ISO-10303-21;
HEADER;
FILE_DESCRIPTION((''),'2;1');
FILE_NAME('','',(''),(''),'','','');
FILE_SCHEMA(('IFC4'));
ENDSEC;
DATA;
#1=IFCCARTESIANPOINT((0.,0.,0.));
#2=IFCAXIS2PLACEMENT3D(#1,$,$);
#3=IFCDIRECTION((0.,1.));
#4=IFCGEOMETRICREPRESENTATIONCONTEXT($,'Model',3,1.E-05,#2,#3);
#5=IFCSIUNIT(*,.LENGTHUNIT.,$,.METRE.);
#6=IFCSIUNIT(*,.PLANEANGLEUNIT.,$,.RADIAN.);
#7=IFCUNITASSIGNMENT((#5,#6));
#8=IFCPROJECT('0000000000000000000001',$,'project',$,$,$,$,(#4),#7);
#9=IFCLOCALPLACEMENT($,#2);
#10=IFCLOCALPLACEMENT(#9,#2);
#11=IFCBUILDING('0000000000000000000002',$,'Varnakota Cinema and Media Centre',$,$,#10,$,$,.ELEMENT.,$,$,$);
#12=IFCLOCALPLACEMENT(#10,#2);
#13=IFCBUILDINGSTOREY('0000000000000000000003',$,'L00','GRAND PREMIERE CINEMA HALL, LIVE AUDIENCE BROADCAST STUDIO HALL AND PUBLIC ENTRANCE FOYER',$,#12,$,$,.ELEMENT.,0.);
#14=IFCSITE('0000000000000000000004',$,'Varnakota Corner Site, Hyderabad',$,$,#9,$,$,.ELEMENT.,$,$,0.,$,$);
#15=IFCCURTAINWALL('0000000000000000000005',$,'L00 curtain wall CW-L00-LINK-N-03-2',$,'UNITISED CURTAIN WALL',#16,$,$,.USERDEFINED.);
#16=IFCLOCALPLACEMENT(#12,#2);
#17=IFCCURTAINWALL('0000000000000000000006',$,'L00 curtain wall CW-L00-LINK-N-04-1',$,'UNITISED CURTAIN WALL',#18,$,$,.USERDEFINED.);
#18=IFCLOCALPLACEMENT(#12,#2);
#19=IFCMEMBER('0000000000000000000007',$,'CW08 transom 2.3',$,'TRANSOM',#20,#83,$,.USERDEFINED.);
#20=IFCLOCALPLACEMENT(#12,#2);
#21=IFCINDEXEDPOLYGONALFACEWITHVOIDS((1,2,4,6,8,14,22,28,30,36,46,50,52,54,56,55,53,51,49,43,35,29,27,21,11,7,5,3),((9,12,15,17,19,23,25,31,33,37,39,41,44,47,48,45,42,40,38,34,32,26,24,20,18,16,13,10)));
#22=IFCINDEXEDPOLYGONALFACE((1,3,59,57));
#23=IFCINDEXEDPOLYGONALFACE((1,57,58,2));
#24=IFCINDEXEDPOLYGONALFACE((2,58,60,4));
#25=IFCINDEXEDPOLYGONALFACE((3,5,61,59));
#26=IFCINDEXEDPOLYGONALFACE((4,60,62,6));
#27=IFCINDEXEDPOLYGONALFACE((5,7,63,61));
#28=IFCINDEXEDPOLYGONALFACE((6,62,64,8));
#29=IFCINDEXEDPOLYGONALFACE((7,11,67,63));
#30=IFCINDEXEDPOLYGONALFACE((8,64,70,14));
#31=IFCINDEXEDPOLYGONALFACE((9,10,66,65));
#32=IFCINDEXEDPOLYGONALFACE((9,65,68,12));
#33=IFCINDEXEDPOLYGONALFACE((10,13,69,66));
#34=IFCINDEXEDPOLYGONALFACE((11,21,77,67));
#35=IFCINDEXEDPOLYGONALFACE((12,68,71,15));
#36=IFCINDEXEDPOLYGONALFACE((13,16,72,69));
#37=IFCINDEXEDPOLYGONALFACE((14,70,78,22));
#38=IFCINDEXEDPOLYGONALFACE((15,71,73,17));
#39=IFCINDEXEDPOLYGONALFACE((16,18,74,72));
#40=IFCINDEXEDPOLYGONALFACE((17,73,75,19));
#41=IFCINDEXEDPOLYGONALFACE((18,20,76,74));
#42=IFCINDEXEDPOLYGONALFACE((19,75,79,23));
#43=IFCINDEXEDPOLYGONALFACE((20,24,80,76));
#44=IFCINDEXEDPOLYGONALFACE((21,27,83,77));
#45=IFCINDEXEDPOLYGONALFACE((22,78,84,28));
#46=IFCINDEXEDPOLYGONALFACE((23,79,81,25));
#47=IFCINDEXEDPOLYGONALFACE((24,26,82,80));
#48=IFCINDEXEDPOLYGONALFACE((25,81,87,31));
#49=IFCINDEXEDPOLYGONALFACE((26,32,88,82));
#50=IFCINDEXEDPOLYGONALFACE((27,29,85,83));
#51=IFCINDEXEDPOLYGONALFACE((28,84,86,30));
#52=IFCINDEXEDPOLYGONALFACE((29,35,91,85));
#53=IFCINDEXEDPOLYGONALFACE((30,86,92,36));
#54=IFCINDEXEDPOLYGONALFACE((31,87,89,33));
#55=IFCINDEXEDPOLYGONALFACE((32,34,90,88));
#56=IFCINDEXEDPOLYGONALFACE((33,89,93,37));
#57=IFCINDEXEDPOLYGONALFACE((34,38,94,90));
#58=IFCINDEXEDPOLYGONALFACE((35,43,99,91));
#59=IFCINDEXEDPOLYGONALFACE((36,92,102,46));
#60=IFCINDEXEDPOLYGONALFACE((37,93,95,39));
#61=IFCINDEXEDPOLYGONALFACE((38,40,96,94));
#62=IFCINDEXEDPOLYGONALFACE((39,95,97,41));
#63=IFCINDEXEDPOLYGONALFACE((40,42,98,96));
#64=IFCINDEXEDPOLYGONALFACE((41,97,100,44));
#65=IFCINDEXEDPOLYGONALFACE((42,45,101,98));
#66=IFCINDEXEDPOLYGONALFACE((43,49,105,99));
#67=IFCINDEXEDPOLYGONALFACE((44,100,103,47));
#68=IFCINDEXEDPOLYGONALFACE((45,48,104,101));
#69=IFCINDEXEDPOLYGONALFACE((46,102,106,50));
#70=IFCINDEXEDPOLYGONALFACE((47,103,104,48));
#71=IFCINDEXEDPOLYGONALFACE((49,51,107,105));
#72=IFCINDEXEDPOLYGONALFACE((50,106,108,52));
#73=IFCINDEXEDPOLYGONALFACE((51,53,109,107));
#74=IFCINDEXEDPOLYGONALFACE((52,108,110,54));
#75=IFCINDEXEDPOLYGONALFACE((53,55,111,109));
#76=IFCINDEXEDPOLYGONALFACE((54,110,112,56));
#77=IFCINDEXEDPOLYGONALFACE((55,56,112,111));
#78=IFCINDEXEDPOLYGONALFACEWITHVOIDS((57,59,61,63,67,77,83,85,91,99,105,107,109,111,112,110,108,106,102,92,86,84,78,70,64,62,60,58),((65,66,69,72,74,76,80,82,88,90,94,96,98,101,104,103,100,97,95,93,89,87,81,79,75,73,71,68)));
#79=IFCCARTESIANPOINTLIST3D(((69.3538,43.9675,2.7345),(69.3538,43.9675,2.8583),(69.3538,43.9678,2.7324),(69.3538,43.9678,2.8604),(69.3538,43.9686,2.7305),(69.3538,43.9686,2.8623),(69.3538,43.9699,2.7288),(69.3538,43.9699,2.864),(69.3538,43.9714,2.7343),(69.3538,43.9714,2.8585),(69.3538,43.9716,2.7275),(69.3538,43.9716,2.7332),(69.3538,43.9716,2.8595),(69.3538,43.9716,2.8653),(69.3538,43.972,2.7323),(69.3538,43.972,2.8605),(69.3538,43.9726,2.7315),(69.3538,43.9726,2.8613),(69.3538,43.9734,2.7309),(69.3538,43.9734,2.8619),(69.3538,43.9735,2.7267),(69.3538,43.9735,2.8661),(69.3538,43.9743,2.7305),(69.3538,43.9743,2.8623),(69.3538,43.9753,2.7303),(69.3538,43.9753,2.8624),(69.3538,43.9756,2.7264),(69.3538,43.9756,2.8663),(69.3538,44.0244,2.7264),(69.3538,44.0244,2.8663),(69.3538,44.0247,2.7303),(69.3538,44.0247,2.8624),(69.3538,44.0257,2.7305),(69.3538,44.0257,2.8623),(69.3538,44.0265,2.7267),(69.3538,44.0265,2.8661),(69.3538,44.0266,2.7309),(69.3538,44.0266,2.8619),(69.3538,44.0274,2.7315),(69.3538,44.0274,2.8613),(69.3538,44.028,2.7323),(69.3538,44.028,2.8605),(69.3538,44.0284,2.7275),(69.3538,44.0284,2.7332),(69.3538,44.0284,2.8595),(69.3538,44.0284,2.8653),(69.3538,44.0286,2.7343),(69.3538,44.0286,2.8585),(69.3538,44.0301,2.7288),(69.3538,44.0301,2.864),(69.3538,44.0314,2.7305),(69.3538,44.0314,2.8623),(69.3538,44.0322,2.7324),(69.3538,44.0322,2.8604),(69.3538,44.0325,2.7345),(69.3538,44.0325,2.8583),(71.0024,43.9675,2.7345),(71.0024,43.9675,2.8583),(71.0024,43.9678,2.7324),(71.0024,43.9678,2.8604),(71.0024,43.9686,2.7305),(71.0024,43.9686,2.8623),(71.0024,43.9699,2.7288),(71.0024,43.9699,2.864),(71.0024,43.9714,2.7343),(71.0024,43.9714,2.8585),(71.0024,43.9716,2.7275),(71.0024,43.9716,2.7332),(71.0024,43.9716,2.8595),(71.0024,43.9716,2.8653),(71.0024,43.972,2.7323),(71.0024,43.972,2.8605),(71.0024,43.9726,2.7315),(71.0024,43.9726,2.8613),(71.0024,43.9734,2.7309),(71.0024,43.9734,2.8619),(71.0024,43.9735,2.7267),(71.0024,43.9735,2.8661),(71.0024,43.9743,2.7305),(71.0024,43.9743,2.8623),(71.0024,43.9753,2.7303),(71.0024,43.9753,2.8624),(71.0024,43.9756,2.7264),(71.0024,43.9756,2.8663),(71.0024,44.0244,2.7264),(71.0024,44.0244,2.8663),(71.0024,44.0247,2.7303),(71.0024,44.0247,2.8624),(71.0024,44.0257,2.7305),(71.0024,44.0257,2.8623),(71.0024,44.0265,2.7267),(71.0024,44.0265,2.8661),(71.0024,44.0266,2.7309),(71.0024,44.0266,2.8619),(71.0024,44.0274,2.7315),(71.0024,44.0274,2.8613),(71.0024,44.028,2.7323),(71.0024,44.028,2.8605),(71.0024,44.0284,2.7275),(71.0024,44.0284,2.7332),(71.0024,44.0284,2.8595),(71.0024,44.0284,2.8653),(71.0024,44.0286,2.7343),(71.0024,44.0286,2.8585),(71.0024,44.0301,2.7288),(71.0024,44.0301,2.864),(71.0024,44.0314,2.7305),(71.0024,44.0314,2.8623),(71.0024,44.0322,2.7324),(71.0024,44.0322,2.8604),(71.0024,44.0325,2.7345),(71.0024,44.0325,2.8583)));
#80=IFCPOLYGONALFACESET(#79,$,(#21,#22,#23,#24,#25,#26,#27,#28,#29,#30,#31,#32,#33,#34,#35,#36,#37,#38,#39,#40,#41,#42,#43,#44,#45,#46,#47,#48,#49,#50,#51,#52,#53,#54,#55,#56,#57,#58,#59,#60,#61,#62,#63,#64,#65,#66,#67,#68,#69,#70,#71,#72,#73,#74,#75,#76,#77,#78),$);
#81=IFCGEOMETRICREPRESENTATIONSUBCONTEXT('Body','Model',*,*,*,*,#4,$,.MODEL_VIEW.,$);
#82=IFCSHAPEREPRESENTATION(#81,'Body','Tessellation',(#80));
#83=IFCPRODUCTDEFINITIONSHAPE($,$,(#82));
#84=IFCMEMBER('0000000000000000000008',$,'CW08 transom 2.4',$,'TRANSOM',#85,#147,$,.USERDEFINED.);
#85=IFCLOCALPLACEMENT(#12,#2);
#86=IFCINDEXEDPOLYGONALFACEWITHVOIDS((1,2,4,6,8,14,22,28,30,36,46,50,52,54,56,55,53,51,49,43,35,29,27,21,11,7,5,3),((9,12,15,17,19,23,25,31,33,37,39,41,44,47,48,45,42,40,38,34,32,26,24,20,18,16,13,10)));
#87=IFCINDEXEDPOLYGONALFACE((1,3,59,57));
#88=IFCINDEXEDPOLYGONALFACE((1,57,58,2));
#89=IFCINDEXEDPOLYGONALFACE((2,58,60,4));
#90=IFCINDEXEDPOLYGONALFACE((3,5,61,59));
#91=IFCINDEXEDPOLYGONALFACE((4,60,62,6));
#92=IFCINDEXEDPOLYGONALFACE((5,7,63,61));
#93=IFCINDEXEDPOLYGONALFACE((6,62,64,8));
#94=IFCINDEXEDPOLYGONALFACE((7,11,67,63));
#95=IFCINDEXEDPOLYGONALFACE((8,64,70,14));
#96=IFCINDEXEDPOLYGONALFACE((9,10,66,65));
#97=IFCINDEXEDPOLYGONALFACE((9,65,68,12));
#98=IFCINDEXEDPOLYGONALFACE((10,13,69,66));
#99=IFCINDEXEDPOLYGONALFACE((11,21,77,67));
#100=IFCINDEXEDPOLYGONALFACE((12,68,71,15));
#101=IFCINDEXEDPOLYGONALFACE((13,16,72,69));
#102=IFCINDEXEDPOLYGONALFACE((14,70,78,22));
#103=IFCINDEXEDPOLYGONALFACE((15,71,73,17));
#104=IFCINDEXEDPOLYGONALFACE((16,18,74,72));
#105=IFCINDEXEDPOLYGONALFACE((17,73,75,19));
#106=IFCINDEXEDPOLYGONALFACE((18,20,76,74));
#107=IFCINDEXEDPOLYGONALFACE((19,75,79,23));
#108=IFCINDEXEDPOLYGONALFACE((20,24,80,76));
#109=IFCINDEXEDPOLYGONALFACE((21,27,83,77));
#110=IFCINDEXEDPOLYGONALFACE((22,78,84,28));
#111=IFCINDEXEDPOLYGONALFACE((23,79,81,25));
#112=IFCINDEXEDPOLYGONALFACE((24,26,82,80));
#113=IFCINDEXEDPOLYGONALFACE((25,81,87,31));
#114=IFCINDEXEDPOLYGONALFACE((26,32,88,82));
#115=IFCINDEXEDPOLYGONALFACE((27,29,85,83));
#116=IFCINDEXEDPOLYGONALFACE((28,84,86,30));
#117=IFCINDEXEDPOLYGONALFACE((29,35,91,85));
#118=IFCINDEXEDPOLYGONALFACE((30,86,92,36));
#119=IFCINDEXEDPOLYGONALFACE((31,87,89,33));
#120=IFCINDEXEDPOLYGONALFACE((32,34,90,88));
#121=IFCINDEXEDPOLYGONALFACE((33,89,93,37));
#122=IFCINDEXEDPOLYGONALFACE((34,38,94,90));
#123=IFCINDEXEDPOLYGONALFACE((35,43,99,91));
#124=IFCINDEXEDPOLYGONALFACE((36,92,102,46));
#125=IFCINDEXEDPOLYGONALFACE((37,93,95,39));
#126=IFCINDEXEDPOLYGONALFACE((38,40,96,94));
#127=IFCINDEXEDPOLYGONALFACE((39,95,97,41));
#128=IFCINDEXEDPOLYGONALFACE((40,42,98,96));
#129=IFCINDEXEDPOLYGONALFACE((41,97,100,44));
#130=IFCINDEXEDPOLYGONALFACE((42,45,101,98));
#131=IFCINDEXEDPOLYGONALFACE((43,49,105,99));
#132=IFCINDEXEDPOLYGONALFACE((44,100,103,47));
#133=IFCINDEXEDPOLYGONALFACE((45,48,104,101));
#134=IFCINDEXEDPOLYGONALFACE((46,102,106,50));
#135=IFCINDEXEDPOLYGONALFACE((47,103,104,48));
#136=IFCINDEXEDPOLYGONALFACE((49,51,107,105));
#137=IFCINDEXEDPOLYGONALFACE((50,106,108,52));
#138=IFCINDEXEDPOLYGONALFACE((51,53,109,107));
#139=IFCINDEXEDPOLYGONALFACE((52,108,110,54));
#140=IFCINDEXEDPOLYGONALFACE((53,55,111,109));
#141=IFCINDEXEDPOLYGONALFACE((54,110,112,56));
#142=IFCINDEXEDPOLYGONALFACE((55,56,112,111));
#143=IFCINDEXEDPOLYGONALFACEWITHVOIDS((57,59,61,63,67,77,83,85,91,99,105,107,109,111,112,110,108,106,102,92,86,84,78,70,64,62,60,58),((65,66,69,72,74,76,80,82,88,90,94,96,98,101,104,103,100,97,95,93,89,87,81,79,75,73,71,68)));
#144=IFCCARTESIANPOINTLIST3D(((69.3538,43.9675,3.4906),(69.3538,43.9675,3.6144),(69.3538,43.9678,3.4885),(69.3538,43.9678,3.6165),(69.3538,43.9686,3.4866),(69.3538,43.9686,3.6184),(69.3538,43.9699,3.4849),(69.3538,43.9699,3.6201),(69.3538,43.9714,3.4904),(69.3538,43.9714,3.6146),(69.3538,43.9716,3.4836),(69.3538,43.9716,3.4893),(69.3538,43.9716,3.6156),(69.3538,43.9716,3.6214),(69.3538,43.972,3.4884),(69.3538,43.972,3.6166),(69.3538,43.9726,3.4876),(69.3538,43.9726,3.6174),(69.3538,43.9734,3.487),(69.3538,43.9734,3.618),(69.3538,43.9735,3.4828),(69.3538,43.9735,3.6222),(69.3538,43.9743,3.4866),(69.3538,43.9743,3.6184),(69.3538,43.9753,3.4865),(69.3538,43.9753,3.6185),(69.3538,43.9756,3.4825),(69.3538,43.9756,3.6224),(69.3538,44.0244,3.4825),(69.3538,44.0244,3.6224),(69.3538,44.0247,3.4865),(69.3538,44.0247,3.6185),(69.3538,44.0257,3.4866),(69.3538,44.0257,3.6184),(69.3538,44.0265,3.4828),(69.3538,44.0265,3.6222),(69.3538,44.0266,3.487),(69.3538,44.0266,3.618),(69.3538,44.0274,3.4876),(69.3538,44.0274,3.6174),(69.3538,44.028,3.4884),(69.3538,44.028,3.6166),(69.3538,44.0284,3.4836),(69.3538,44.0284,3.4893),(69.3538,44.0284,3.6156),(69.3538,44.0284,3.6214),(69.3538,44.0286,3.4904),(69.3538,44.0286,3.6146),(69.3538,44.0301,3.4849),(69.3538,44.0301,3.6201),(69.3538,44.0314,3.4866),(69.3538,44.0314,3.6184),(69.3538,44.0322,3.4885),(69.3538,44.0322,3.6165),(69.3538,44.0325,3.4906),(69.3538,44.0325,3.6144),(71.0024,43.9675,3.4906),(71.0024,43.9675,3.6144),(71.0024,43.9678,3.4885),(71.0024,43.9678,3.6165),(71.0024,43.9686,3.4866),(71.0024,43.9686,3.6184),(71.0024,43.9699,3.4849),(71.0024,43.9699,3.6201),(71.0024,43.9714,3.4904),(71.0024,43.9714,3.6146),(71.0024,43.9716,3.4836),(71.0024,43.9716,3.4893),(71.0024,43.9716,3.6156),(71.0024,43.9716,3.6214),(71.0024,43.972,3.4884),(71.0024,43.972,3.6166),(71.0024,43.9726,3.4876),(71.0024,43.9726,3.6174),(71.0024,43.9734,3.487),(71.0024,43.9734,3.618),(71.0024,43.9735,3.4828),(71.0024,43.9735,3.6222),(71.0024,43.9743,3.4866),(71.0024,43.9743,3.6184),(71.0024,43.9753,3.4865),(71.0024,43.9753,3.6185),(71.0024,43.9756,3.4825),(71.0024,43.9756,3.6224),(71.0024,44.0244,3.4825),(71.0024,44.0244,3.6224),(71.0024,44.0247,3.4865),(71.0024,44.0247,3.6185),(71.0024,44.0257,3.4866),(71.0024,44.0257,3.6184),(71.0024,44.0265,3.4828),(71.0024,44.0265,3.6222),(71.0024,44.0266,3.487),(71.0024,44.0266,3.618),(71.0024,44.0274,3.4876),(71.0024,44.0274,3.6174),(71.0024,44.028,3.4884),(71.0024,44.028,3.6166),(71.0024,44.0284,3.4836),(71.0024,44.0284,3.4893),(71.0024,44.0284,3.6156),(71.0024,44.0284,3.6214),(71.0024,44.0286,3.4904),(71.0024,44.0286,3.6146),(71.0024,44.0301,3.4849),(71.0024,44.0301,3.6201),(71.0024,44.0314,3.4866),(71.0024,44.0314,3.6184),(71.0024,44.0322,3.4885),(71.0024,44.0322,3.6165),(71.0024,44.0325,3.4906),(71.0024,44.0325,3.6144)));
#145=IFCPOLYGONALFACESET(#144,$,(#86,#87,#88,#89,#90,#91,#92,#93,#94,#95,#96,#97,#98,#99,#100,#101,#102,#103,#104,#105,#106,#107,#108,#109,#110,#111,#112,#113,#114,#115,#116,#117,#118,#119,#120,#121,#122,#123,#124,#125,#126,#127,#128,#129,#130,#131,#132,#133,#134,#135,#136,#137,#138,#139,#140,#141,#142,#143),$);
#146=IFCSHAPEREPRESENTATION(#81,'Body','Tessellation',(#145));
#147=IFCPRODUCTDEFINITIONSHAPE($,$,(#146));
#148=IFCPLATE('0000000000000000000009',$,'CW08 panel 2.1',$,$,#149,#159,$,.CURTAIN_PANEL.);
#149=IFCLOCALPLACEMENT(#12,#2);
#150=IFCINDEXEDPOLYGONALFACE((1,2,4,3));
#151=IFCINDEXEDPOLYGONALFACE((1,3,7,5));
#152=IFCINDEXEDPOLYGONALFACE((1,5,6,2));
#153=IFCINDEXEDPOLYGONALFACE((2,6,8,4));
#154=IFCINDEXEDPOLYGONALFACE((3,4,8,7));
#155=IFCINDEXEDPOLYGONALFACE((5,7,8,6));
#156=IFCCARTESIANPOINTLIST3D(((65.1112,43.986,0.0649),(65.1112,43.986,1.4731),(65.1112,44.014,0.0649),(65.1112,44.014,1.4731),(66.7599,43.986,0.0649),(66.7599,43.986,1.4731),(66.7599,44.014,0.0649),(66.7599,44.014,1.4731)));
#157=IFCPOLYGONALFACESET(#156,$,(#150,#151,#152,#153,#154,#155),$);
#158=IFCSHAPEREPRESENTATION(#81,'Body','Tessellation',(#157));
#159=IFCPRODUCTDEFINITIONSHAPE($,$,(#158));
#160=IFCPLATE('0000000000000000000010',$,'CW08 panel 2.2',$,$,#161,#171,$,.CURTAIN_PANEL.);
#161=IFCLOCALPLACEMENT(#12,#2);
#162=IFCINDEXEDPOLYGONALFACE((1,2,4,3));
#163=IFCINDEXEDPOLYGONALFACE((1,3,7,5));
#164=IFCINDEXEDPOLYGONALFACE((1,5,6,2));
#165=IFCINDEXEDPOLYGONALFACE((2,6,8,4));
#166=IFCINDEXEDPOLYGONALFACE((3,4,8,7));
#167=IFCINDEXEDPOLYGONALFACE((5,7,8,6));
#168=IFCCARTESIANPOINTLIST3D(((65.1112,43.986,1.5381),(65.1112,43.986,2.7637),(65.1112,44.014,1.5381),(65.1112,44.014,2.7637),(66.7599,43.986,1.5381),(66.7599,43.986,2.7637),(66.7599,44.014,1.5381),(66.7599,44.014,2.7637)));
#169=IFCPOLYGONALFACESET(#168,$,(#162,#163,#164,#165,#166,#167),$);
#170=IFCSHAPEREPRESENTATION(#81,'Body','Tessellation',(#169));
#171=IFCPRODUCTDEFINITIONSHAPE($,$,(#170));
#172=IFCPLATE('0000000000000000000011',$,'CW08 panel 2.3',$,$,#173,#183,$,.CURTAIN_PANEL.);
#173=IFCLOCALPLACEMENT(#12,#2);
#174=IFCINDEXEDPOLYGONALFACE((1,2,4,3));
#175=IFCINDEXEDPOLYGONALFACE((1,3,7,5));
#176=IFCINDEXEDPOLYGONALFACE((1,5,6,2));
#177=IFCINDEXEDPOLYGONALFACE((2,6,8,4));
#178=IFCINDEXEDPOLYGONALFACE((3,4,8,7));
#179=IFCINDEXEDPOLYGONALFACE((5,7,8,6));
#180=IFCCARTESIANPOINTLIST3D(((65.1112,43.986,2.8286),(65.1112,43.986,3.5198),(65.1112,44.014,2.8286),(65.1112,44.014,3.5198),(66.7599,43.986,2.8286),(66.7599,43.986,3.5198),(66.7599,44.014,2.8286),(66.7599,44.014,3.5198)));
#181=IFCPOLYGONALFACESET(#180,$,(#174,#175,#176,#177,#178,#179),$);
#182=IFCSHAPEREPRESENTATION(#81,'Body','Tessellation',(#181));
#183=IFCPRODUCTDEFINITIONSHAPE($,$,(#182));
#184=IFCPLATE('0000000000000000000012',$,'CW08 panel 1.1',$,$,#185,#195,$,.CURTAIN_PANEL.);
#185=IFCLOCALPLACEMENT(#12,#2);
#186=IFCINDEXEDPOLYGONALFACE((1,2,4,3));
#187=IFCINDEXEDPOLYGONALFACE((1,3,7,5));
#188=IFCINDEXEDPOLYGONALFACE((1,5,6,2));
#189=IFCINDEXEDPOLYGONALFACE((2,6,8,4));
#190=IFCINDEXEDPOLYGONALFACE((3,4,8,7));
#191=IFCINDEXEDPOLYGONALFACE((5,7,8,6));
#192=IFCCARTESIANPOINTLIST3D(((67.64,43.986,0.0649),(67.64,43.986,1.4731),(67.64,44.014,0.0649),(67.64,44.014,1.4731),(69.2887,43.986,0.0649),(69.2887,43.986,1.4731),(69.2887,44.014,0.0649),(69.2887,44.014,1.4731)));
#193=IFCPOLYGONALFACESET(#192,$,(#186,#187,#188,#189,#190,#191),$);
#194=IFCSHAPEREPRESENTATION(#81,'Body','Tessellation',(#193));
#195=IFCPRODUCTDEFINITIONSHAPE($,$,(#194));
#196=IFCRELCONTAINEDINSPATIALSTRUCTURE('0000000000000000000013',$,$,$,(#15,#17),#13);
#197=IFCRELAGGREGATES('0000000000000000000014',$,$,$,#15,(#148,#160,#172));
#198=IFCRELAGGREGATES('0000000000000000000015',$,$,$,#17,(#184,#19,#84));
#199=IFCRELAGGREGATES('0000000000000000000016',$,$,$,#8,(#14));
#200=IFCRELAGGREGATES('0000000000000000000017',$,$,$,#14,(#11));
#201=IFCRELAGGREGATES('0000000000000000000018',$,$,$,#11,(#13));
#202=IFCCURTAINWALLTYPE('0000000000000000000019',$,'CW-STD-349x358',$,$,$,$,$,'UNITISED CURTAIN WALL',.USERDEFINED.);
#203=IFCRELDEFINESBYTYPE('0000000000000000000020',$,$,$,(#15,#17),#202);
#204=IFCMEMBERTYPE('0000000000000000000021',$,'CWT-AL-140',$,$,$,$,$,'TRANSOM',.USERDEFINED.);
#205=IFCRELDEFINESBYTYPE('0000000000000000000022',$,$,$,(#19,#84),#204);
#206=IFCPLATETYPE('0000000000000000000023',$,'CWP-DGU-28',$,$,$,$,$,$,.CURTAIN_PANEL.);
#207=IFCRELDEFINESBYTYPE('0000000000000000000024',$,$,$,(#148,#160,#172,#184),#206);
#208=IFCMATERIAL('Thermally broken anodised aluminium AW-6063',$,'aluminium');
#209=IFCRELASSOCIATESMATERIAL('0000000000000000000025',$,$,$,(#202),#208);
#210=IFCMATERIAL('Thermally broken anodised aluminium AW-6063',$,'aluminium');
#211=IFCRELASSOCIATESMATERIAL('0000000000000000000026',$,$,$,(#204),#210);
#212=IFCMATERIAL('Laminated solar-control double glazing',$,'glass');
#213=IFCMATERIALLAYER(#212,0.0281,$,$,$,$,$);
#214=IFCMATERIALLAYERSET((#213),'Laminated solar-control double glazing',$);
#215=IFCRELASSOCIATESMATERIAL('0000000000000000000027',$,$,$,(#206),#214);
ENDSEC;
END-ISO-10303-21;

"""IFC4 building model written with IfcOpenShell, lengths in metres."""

from ifc_helpers import new_model, si_unit, direction, frame, origin, origin_2d, place, context, subcontext, project, spatial, rectangle, hollow_rectangle, extrude, material, layer, layer_set, material_profile, profile_set, type_object, element, aggregate, save


model = new_model("IFC4")

# Units and contexts
model_context = context("Model", 3, precision=1e-05, world=origin(), true_north=direction((0.0, 1.0)))
body_context = subcontext(model_context, "Body", "Model", "MODEL_VIEW")
ifc_project = project(units=[si_unit("LENGTHUNIT", "METRE"), si_unit("PLANEANGLEUNIT", "RADIAN")], contexts=[model_context])

# Site, building, storey
site_placement = place(None, origin())
site = spatial("IfcSite", under=ifc_project, at=site_placement, Name="Varnakota Corner Site, Hyderabad", CompositionType="ELEMENT", RefElevation=0.0)
building_placement = place(site_placement, origin())
building = spatial("IfcBuilding", under=site, at=building_placement, Name="Varnakota Cinema and Media Centre", CompositionType="ELEMENT")
storey_placement = place(building_placement, origin())
storey = spatial("IfcBuildingStorey", under=building, at=storey_placement, Name="L00", Description="GRAND PREMIERE CINEMA HALL, LIVE AUDIENCE BROADCAST STUDIO HALL AND PUBLIC ENTRANCE FOYER", CompositionType="ELEMENT", Elevation=0.0)

# Curtain walls
ifc_material_1 = material(Name="Thermally broken anodised aluminium AW-6063", Category="aluminium")
curtain_wall_type = type_object("IfcCurtainWallType", Name="CW-STD-349x358", ElementType="UNITISED CURTAIN WALL", PredefinedType="USERDEFINED", material=ifc_material_1)
curtain_wall_1_placement = place(storey_placement, origin())
curtain_wall_1 = element("IfcCurtainWall", 1, at=curtain_wall_1_placement, inside=storey, type_object=curtain_wall_type, Name="L00 curtain wall CW-L00-LINK-N-03-2", ObjectType="UNITISED CURTAIN WALL", PredefinedType="USERDEFINED")
curtain_wall_2_placement = place(storey_placement, origin())
curtain_wall_2 = element("IfcCurtainWall", 2, at=curtain_wall_2_placement, inside=storey, type_object=curtain_wall_type, Name="L00 curtain wall CW-L00-LINK-N-04-1", ObjectType="UNITISED CURTAIN WALL", PredefinedType="USERDEFINED")

# Members
ifc_material_2 = material(Name="Thermally broken anodised aluminium AW-6063", Category="aluminium")
ifc_material_profile_1 = material_profile(ifc_material_2, hollow_rectangle(XDim=0.0649, YDim=0.1399, WallThickness=0.0039, InnerFilletRadius=0.0039, OuterFilletRadius=0.0081, at=origin_2d()), Name="AL-TRANSOM 140x65x4")
ifc_profile_set_1 = profile_set([ifc_material_profile_1], Name="Thermally broken anodised aluminium AW-6063")
member_type_1 = type_object("IfcMemberType", Name="CWT-AL-140", ElementType="TRANSOM", PredefinedType="USERDEFINED", material=ifc_profile_set_1)
member_1_placement = place(storey_placement, frame((69.3538, 44.0, 2.7964), z_axis=(1.0, 0.0, 0.0), x_axis=(0.0, 1.0, 0.0)))
member_1 = element("IfcMember", 3, at=member_1_placement, type_object=member_type_1, Name="CW08 transom 2.3", ObjectType="TRANSOM", PredefinedType="USERDEFINED", context=body_context, shape_type="SweptSolid", body=[
    extrude(hollow_rectangle(XDim=0.0649, YDim=0.1399, WallThickness=0.0039, InnerFilletRadius=0.0039, OuterFilletRadius=0.0081, at=origin_2d()), origin(), (0.0, 0.0, 1.0), 1.6487),
])
member_2_placement = place(storey_placement, frame((69.3538, 44.0, 3.5525), z_axis=(1.0, 0.0, 0.0), x_axis=(0.0, 1.0, 0.0)))
member_2 = element("IfcMember", 4, at=member_2_placement, type_object=member_type_1, Name="CW08 transom 2.4", ObjectType="TRANSOM", PredefinedType="USERDEFINED", context=body_context, shape_type="SweptSolid", body=[
    extrude(hollow_rectangle(XDim=0.0649, YDim=0.1399, WallThickness=0.0039, InnerFilletRadius=0.0039, OuterFilletRadius=0.0081, at=origin_2d()), origin(), (0.0, 0.0, 1.0), 1.6487),
])

# Plates
ifc_material_3 = material(Name="Laminated solar-control double glazing", Category="glass")
ifc_layer = layer(ifc_material_3, 0.0281)
ifc_layer_set = layer_set([ifc_layer], Name="Laminated solar-control double glazing")
plate_type = type_object("IfcPlateType", Name="CWP-DGU-28", PredefinedType="CURTAIN_PANEL", material=ifc_layer_set)
plate_1_placement = place(storey_placement, frame((65.9355, 44.0, 0.0649), z_axis=(0.0, 0.0, 1.0), x_axis=(1.0, 0.0, 0.0)))
plate_1 = element("IfcPlate", 5, at=plate_1_placement, type_object=plate_type, Name="CW08 panel 2.1", PredefinedType="CURTAIN_PANEL", context=body_context, shape_type="SweptSolid", body=[
    extrude(rectangle(XDim=1.6487, YDim=0.0281, at=origin_2d()), origin(), (0.0, 0.0, 1.0), 1.4082),
])
plate_2_placement = place(storey_placement, frame((65.9355, 44.0, 1.5381), z_axis=(0.0, 0.0, 1.0), x_axis=(1.0, 0.0, 0.0)))
plate_2 = element("IfcPlate", 6, at=plate_2_placement, type_object=plate_type, Name="CW08 panel 2.2", PredefinedType="CURTAIN_PANEL", context=body_context, shape_type="SweptSolid", body=[
    extrude(rectangle(XDim=1.6487, YDim=0.0281, at=origin_2d()), origin(), (0.0, 0.0, 1.0), 1.2256),
])
plate_3_placement = place(storey_placement, frame((65.9355, 44.0, 2.8286), z_axis=(0.0, 0.0, 1.0), x_axis=(1.0, 0.0, 0.0)))
plate_3 = element("IfcPlate", 7, at=plate_3_placement, type_object=plate_type, Name="CW08 panel 2.3", PredefinedType="CURTAIN_PANEL", context=body_context, shape_type="SweptSolid", body=[
    extrude(rectangle(XDim=1.6487, YDim=0.0281, at=origin_2d()), origin(), (0.0, 0.0, 1.0), 0.6912),
])
aggregate(curtain_wall_1, [plate_1, plate_2, plate_3])
plate_4_placement = place(storey_placement, frame((68.4644, 44.0, 0.0649), z_axis=(0.0, 0.0, 1.0), x_axis=(1.0, 0.0, 0.0)))
plate_4 = element("IfcPlate", 8, at=plate_4_placement, type_object=plate_type, Name="CW08 panel 1.1", PredefinedType="CURTAIN_PANEL", context=body_context, shape_type="SweptSolid", body=[
    extrude(rectangle(XDim=1.6487, YDim=0.0281, at=origin_2d()), origin(), (0.0, 0.0, 1.0), 1.4082),
])
aggregate(curtain_wall_2, [plate_4, member_1, member_2])

save(model, "model.ifc")
